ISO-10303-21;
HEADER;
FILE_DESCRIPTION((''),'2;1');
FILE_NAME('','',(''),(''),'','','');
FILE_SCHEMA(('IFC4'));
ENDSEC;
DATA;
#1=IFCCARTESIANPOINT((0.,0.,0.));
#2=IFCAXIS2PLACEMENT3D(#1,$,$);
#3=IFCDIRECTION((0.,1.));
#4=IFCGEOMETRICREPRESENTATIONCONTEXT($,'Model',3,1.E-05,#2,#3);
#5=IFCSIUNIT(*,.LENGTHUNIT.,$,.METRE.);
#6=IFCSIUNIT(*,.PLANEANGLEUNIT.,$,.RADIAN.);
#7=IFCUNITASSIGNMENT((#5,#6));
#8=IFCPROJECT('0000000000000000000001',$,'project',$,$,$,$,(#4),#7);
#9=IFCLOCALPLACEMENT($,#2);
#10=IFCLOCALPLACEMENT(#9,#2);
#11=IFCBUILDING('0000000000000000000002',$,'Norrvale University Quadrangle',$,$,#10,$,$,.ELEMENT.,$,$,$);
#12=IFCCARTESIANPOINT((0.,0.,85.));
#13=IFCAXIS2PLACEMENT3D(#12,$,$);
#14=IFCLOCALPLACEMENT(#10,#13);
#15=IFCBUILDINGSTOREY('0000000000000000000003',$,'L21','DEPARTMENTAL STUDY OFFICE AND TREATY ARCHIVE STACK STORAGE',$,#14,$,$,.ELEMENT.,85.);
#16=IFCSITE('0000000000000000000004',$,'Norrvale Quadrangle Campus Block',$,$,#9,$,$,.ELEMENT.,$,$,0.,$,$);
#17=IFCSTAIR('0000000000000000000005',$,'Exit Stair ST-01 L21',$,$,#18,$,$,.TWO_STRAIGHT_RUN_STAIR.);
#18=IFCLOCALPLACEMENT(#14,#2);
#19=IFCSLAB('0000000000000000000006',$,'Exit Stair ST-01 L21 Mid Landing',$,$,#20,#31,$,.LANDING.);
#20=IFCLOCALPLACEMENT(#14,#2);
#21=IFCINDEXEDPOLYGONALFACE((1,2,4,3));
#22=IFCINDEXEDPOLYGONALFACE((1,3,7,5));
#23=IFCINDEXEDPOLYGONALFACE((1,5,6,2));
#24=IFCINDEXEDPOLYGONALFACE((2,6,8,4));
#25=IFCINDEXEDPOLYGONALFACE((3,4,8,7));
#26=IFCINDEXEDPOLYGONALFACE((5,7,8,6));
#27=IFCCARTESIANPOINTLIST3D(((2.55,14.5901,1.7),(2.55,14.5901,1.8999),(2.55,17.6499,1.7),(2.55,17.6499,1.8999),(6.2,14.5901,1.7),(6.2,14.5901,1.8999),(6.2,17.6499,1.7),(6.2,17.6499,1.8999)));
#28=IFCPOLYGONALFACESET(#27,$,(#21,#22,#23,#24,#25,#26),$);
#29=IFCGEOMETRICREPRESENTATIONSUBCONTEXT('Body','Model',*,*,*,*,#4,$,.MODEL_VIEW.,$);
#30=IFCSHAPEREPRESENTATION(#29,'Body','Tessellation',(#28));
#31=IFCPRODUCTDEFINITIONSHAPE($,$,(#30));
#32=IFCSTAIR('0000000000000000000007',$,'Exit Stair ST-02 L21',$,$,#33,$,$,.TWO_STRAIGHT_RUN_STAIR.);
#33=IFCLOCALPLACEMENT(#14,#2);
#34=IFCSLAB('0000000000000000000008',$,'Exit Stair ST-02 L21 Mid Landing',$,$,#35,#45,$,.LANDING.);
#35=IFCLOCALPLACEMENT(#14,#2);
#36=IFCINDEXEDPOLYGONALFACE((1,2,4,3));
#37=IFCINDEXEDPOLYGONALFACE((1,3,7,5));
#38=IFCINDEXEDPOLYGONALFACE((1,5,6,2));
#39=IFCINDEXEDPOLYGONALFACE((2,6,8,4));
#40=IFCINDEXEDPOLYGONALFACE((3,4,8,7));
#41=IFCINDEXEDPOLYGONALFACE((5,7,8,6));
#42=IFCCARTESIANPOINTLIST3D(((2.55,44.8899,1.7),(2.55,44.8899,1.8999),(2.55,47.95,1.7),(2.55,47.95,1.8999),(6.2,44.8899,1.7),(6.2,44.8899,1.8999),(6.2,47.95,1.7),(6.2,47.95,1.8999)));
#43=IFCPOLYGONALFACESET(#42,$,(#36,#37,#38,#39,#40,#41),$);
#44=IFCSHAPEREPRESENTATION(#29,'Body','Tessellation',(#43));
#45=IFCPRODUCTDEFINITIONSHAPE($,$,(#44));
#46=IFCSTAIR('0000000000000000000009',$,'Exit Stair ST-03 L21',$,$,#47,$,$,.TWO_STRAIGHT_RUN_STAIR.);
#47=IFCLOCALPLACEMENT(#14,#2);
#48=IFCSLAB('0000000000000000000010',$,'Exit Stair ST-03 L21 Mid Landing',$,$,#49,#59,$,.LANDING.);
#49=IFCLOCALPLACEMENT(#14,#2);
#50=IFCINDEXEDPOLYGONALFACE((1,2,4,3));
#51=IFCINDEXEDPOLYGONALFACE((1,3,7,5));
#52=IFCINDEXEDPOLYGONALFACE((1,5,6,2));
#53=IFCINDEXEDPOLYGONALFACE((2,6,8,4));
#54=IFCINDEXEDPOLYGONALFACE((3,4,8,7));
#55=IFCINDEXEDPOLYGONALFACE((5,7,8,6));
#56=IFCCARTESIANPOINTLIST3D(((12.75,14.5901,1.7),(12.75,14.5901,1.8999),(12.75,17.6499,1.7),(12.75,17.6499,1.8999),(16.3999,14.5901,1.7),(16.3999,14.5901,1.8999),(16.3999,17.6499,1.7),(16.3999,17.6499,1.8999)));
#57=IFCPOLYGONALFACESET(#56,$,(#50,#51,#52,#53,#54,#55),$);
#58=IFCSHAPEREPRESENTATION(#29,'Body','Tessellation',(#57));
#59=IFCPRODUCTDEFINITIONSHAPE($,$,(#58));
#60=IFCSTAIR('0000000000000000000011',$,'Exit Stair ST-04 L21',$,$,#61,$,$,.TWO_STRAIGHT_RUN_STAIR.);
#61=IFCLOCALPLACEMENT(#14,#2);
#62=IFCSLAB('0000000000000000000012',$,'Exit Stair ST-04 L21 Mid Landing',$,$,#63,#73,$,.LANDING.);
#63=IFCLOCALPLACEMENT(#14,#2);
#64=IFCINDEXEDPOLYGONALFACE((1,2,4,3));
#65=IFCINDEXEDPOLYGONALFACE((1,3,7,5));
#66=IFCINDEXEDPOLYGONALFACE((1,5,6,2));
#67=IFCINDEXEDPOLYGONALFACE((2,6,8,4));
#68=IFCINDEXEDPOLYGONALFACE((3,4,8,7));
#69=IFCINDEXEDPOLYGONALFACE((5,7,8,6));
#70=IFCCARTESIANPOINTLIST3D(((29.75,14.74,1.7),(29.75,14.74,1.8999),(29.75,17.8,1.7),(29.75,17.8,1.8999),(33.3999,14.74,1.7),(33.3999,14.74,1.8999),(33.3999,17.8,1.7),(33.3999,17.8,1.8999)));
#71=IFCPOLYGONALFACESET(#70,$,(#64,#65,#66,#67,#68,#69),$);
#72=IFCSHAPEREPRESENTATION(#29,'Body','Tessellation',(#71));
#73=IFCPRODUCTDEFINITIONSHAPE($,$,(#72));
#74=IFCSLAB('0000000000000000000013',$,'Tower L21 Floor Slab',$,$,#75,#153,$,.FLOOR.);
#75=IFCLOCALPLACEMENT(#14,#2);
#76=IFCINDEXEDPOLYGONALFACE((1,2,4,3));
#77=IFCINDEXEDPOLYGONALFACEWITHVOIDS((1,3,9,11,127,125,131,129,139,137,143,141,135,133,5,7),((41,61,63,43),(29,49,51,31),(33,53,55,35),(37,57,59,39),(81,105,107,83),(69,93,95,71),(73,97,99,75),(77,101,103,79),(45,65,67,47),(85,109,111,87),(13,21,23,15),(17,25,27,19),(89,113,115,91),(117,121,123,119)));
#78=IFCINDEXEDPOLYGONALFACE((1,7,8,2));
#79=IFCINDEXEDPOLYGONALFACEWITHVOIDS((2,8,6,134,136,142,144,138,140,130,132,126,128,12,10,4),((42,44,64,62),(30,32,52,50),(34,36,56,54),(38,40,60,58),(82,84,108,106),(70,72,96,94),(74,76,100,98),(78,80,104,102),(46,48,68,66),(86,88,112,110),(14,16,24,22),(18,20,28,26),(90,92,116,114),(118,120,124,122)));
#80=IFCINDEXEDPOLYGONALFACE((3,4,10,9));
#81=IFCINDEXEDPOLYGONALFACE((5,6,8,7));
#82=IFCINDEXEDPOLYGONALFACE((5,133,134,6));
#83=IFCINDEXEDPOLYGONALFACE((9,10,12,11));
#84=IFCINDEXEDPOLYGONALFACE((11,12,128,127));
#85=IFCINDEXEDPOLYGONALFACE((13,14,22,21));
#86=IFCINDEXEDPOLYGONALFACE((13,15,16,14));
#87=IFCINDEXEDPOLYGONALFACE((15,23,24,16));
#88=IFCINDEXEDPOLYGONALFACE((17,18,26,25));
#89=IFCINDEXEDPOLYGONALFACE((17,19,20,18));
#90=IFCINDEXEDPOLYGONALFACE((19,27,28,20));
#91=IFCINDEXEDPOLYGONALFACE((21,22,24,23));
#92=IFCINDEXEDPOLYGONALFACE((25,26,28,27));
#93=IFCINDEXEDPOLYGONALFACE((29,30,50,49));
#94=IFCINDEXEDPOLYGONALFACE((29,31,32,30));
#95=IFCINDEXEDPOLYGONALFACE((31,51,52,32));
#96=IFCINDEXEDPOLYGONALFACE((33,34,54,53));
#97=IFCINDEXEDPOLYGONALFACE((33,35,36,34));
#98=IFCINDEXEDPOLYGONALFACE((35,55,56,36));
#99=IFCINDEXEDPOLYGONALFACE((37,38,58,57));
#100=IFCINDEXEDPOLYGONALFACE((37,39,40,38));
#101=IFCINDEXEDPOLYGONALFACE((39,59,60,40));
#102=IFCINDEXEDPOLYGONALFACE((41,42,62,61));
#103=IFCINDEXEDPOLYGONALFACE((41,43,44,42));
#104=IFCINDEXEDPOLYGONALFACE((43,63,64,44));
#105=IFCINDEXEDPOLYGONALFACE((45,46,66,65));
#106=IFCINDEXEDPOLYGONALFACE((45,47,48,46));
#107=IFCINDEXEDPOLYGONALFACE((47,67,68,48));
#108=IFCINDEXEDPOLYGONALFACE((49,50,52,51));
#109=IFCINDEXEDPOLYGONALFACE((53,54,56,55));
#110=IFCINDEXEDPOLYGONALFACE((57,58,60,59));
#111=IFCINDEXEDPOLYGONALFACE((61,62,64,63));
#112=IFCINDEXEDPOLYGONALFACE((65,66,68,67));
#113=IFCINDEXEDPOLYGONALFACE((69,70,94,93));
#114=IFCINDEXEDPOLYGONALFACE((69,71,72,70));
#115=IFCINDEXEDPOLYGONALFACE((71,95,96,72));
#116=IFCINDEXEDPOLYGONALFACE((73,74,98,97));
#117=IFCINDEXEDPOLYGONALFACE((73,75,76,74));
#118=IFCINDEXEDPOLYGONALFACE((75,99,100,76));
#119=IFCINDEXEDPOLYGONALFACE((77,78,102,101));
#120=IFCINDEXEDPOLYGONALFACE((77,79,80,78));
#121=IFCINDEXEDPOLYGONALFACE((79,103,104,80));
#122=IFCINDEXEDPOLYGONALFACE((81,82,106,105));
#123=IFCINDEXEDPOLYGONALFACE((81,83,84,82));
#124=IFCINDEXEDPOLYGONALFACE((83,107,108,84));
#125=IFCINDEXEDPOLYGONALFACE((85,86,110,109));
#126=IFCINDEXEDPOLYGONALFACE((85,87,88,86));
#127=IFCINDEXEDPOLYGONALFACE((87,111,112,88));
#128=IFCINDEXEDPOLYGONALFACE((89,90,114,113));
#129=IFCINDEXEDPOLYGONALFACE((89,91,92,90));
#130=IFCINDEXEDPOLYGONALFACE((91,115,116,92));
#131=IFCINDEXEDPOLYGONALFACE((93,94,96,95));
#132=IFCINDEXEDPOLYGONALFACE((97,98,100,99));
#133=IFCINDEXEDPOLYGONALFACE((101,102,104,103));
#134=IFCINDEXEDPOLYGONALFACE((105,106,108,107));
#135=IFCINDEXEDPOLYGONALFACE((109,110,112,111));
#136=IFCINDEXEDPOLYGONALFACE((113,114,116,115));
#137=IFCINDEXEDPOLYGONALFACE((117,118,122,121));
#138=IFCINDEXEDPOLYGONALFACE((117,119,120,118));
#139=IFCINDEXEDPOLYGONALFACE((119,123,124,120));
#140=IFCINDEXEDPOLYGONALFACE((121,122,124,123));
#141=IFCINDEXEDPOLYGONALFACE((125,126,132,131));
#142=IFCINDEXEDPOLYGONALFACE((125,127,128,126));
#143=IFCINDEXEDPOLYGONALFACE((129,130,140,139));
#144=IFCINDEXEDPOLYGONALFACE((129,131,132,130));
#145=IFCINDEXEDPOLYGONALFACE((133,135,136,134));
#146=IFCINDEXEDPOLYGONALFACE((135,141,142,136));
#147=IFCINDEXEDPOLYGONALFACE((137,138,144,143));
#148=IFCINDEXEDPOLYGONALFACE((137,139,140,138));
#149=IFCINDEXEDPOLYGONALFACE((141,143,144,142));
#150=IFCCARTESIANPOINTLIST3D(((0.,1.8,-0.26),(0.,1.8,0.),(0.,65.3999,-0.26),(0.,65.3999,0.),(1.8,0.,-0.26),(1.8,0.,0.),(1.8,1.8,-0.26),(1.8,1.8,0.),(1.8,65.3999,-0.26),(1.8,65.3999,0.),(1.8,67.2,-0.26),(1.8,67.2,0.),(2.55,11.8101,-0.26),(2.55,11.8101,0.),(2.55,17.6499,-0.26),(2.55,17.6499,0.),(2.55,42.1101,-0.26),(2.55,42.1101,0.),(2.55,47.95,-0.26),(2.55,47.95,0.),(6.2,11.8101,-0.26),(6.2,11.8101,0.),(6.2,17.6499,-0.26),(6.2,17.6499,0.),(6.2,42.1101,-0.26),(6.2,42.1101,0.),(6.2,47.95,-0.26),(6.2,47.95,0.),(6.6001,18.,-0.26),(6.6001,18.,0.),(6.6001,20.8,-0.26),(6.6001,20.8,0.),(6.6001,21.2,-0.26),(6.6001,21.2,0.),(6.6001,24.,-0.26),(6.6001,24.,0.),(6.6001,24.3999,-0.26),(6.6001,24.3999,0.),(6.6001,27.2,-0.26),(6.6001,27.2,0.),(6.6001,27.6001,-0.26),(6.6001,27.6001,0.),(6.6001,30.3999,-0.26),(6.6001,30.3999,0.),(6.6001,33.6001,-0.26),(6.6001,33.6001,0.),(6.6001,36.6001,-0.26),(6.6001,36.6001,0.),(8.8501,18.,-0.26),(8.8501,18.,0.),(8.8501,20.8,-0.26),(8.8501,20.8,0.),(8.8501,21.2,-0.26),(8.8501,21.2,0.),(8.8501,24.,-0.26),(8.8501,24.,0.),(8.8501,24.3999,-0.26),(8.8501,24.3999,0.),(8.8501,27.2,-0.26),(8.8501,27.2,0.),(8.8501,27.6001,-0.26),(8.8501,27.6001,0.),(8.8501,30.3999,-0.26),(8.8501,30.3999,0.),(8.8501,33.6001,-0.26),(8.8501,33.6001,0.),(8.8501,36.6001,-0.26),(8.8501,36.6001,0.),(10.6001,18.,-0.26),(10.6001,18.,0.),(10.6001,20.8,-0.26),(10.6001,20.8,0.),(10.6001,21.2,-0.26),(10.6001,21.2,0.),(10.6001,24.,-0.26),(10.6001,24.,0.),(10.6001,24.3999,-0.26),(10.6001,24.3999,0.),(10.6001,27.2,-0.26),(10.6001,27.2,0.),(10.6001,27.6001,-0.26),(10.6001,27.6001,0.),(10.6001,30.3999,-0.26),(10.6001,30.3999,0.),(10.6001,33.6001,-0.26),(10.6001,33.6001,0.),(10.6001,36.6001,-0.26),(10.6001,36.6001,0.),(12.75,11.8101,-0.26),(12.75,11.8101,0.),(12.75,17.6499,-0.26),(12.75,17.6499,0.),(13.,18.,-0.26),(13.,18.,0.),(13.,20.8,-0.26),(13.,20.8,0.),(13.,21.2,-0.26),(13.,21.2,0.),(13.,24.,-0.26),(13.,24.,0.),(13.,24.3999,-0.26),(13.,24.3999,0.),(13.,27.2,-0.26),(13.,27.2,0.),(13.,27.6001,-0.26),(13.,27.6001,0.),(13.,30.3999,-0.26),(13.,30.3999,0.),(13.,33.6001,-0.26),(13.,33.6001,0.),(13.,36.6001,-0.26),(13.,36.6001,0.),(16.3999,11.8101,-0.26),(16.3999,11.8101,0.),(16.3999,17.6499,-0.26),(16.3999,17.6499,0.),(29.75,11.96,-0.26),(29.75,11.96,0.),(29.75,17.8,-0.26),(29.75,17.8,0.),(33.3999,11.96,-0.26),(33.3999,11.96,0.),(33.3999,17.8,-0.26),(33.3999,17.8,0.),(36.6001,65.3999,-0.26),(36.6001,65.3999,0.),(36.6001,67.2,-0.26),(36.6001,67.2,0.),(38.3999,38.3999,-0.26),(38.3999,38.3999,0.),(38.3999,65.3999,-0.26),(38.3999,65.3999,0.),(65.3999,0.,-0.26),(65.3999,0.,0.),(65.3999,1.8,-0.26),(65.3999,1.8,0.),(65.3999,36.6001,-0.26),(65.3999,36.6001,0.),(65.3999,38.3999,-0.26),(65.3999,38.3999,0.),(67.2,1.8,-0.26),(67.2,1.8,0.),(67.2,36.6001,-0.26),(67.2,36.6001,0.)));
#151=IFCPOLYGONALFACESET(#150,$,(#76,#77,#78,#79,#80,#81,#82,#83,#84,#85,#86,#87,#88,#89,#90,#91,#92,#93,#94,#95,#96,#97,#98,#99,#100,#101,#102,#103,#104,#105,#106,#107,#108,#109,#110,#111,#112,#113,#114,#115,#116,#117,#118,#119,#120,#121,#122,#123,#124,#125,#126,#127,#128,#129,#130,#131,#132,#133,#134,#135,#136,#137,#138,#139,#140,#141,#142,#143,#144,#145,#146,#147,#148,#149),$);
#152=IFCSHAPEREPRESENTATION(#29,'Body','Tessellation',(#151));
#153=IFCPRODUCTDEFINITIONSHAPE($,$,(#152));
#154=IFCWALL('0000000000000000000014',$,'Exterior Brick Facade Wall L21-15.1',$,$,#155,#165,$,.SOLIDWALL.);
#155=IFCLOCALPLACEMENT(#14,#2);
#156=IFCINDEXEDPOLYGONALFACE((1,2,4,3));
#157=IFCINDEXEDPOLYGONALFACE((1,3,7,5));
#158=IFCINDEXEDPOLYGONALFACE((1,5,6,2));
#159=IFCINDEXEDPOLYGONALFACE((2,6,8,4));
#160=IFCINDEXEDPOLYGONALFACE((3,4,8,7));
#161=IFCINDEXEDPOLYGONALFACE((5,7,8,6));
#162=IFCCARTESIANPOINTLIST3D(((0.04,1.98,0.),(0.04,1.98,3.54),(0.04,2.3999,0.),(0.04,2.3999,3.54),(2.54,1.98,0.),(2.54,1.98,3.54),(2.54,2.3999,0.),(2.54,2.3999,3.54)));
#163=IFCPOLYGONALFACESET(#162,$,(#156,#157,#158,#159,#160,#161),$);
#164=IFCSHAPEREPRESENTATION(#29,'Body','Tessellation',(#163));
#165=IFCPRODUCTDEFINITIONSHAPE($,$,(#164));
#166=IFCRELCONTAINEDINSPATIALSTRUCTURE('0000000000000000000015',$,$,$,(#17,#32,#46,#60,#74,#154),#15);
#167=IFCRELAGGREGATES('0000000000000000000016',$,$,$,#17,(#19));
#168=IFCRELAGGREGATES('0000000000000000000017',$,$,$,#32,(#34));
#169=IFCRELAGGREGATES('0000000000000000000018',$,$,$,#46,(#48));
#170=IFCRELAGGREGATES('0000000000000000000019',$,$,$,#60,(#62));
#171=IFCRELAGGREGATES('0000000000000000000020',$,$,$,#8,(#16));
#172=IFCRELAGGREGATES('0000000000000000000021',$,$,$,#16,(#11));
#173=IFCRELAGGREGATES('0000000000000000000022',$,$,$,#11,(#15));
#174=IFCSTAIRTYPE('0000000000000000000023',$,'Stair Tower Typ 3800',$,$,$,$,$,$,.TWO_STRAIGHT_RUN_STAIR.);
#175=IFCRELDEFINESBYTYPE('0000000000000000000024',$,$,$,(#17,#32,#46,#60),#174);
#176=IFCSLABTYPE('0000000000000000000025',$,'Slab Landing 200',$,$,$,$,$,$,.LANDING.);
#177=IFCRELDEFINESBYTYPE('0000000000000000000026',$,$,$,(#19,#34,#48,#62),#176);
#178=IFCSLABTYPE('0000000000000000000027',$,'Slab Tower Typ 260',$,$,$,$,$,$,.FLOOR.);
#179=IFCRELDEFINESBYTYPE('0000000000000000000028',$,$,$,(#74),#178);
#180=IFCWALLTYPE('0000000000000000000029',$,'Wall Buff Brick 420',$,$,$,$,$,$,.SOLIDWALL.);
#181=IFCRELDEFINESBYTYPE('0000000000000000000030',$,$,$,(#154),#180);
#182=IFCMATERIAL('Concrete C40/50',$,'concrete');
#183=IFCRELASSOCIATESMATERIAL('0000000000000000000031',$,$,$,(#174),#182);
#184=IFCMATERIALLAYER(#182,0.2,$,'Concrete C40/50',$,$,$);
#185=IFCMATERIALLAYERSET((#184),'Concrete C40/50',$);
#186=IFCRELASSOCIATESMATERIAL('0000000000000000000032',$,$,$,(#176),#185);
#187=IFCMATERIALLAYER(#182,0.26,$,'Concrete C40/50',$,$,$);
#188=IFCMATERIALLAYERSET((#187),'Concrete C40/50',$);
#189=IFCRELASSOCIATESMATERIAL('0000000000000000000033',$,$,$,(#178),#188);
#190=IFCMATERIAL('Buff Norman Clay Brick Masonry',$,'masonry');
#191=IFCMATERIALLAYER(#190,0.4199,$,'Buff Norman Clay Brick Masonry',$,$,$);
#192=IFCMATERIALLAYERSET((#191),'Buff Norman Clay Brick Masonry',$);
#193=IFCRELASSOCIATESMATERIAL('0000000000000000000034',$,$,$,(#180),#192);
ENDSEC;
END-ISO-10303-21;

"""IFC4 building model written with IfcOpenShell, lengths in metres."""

from ifc_helpers import new_model, si_unit, direction, frame, frame_2d, origin, place, context, subcontext, project, spatial, polyline, rectangle, outline, extrude, material, layer, layer_set, type_object, element, aggregate, save


model = new_model("IFC4")

# Units and contexts
model_context = context("Model", 3, precision=1e-05, world=origin(), true_north=direction((0.0, 1.0)))
body_context = subcontext(model_context, "Body", "Model", "MODEL_VIEW")
ifc_project = project(units=[si_unit("LENGTHUNIT", "METRE"), si_unit("PLANEANGLEUNIT", "RADIAN")], contexts=[model_context])

# Site, building, storey
site_placement = place(None, origin())
site = spatial("IfcSite", under=ifc_project, at=site_placement, Name="Norrvale Quadrangle Campus Block", CompositionType="ELEMENT", RefElevation=0.0)
building_placement = place(site_placement, origin())
building = spatial("IfcBuilding", under=site, at=building_placement, Name="Norrvale University Quadrangle", CompositionType="ELEMENT")
storey_placement = place(building_placement, frame((0.0, 0.0, 85.0)))
storey = spatial("IfcBuildingStorey", under=building, at=storey_placement, Name="L21", Description="DEPARTMENTAL STUDY OFFICE AND TREATY ARCHIVE STACK STORAGE", CompositionType="ELEMENT", Elevation=85.0)

# Stairs, slabs
ifc_material_1 = material(Name="Concrete C40/50", Category="concrete")
stair_type = type_object("IfcStairType", Name="Stair Tower Typ 3800", PredefinedType="TWO_STRAIGHT_RUN_STAIR", material=ifc_material_1)
stair_1_placement = place(storey_placement, origin())
stair_1 = element("IfcStair", 1, at=stair_1_placement, inside=storey, type_object=stair_type, Name="Exit Stair ST-01 L21", PredefinedType="TWO_STRAIGHT_RUN_STAIR")
ifc_layer_1 = layer(ifc_material_1, 0.2, Name="Concrete C40/50")
ifc_layer_set_1 = layer_set([ifc_layer_1], Name="Concrete C40/50")
slab_type_1 = type_object("IfcSlabType", Name="Slab Landing 200", PredefinedType="LANDING", material=ifc_layer_set_1)
slab_1_placement = place(storey_placement, frame((0.0, 0.0, 1.7)))
slab_1 = element("IfcSlab", 2, at=slab_1_placement, type_object=slab_type_1, Name="Exit Stair ST-01 L21 Mid Landing", PredefinedType="LANDING", context=body_context, shape_type="SweptSolid", body=[
    extrude(outline(polyline([(2.55, 14.5901), (6.2, 14.5901), (6.2, 17.6499), (2.55, 17.6499), (2.55, 14.5901)])), origin(), (0.0, 0.0, 1.0), 0.2),
])
aggregate(stair_1, [slab_1])
stair_2_placement = place(storey_placement, origin())
stair_2 = element("IfcStair", 3, at=stair_2_placement, inside=storey, type_object=stair_type, Name="Exit Stair ST-02 L21", PredefinedType="TWO_STRAIGHT_RUN_STAIR")
slab_2_placement = place(storey_placement, frame((0.0, 0.0, 1.7)))
slab_2 = element("IfcSlab", 4, at=slab_2_placement, type_object=slab_type_1, Name="Exit Stair ST-02 L21 Mid Landing", PredefinedType="LANDING", context=body_context, shape_type="SweptSolid", body=[
    extrude(outline(polyline([(2.55, 44.8899), (6.2, 44.8899), (6.2, 47.95), (2.55, 47.95), (2.55, 44.8899)])), origin(), (0.0, 0.0, 1.0), 0.2),
])
aggregate(stair_2, [slab_2])
stair_3_placement = place(storey_placement, origin())
stair_3 = element("IfcStair", 5, at=stair_3_placement, inside=storey, type_object=stair_type, Name="Exit Stair ST-03 L21", PredefinedType="TWO_STRAIGHT_RUN_STAIR")
slab_3_placement = place(storey_placement, frame((0.0, 0.0, 1.7)))
slab_3 = element("IfcSlab", 6, at=slab_3_placement, type_object=slab_type_1, Name="Exit Stair ST-03 L21 Mid Landing", PredefinedType="LANDING", context=body_context, shape_type="SweptSolid", body=[
    extrude(outline(polyline([(12.75, 14.5901), (16.3999, 14.5901), (16.3999, 17.6499), (12.75, 17.6499), (12.75, 14.5901)])), origin(), (0.0, 0.0, 1.0), 0.2),
])
aggregate(stair_3, [slab_3])
stair_4_placement = place(storey_placement, origin())
stair_4 = element("IfcStair", 7, at=stair_4_placement, inside=storey, type_object=stair_type, Name="Exit Stair ST-04 L21", PredefinedType="TWO_STRAIGHT_RUN_STAIR")
slab_4_placement = place(storey_placement, frame((0.0, 0.0, 1.7)))
slab_4 = element("IfcSlab", 8, at=slab_4_placement, type_object=slab_type_1, Name="Exit Stair ST-04 L21 Mid Landing", PredefinedType="LANDING", context=body_context, shape_type="SweptSolid", body=[
    extrude(outline(polyline([(29.75, 14.74), (33.3999, 14.74), (33.3999, 17.8), (29.75, 17.8), (29.75, 14.74)])), origin(), (0.0, 0.0, 1.0), 0.2),
])
aggregate(stair_4, [slab_4])

# Slab
ifc_layer_2 = layer(ifc_material_1, 0.26, Name="Concrete C40/50")
ifc_layer_set_2 = layer_set([ifc_layer_2], Name="Concrete C40/50")
slab_type_2 = type_object("IfcSlabType", Name="Slab Tower Typ 260", PredefinedType="FLOOR", material=ifc_layer_set_2)
slab_5_placement = place(storey_placement, frame((0.0, 0.0, -0.26)))
element("IfcSlab", 9, at=slab_5_placement, inside=storey, type_object=slab_type_2, Name="Tower L21 Floor Slab", PredefinedType="FLOOR", context=body_context, shape_type="SweptSolid", body=[
    extrude(outline(polyline([(1.8, 0.0), (65.3999, 0.0), (65.3999, 1.8), (67.2, 1.8), (67.2, 36.6001), (65.3999, 36.6001), (65.3999, 38.3999), (38.3999, 38.3999), (38.3999, 65.3999), (36.6001, 65.3999), (36.6001, 67.2), (1.8, 67.2), (1.8, 65.3999), (0.0, 65.3999), (0.0, 1.8), (1.8, 1.8), (1.8, 0.0)]), holes=[polyline([(2.55, 11.8101), (6.2, 11.8101), (6.2, 17.6499), (2.55, 17.6499), (2.55, 11.8101)]), polyline([(2.55, 42.1101), (6.2, 42.1101), (6.2, 47.95), (2.55, 47.95), (2.55, 42.1101)]), polyline([(12.75, 11.8101), (16.3999, 11.8101), (16.3999, 17.6499), (12.75, 17.6499), (12.75, 11.8101)]), polyline([(29.75, 11.96), (33.3999, 11.96), (33.3999, 17.8), (29.75, 17.8), (29.75, 11.96)]), polyline([(6.6001, 18.0), (8.8501, 18.0), (8.8501, 20.8), (6.6001, 20.8), (6.6001, 18.0)]), polyline([(6.6001, 21.2), (8.8501, 21.2), (8.8501, 24.0), (6.6001, 24.0), (6.6001, 21.2)]), polyline([(6.6001, 24.3999), (8.8501, 24.3999), (8.8501, 27.2), (6.6001, 27.2), (6.6001, 24.3999)]), polyline([(6.6001, 27.6001), (8.8501, 27.6001), (8.8501, 30.3999), (6.6001, 30.3999), (6.6001, 27.6001)]), polyline([(10.6001, 18.0), (13.0, 18.0), (13.0, 20.8), (10.6001, 20.8), (10.6001, 18.0)]), polyline([(10.6001, 21.2), (13.0, 21.2), (13.0, 24.0), (10.6001, 24.0), (10.6001, 21.2)]), polyline([(10.6001, 24.3999), (13.0, 24.3999), (13.0, 27.2), (10.6001, 27.2), (10.6001, 24.3999)]), polyline([(10.6001, 27.6001), (13.0, 27.6001), (13.0, 30.3999), (10.6001, 30.3999), (10.6001, 27.6001)]), polyline([(6.6001, 33.6001), (8.8501, 33.6001), (8.8501, 36.6001), (6.6001, 36.6001), (6.6001, 33.6001)]), polyline([(10.6001, 33.6001), (13.0, 33.6001), (13.0, 36.6001), (10.6001, 36.6001), (10.6001, 33.6001)])]), origin(), (0.0, 0.0, 1.0), 0.26),
])

# Wall
ifc_material_2 = material(Name="Buff Norman Clay Brick Masonry", Category="masonry")
ifc_layer_3 = layer(ifc_material_2, 0.4199, Name="Buff Norman Clay Brick Masonry")
ifc_layer_set_3 = layer_set([ifc_layer_3], Name="Buff Norman Clay Brick Masonry")
wall_type_1 = type_object("IfcWallType", Name="Wall Buff Brick 420", PredefinedType="SOLIDWALL", material=ifc_layer_set_3)
wall_1_placement = place(storey_placement, frame((0.04, 2.1899, 0.0), z_axis=(0.0, 0.0, 1.0), x_axis=(1.0, 0.0, 0.0)))
element("IfcWall", 10, at=wall_1_placement, inside=storey, type_object=wall_type_1, Name="Exterior Brick Facade Wall L21-15.1", PredefinedType="SOLIDWALL", context=body_context, shape_type="SweptSolid", body=[
    extrude(rectangle(XDim=2.5, YDim=0.4199, at=frame_2d((1.25, 0.0))), origin(), (0.0, 0.0, 1.0), 3.54),
])

save(model, "model.ifc")
